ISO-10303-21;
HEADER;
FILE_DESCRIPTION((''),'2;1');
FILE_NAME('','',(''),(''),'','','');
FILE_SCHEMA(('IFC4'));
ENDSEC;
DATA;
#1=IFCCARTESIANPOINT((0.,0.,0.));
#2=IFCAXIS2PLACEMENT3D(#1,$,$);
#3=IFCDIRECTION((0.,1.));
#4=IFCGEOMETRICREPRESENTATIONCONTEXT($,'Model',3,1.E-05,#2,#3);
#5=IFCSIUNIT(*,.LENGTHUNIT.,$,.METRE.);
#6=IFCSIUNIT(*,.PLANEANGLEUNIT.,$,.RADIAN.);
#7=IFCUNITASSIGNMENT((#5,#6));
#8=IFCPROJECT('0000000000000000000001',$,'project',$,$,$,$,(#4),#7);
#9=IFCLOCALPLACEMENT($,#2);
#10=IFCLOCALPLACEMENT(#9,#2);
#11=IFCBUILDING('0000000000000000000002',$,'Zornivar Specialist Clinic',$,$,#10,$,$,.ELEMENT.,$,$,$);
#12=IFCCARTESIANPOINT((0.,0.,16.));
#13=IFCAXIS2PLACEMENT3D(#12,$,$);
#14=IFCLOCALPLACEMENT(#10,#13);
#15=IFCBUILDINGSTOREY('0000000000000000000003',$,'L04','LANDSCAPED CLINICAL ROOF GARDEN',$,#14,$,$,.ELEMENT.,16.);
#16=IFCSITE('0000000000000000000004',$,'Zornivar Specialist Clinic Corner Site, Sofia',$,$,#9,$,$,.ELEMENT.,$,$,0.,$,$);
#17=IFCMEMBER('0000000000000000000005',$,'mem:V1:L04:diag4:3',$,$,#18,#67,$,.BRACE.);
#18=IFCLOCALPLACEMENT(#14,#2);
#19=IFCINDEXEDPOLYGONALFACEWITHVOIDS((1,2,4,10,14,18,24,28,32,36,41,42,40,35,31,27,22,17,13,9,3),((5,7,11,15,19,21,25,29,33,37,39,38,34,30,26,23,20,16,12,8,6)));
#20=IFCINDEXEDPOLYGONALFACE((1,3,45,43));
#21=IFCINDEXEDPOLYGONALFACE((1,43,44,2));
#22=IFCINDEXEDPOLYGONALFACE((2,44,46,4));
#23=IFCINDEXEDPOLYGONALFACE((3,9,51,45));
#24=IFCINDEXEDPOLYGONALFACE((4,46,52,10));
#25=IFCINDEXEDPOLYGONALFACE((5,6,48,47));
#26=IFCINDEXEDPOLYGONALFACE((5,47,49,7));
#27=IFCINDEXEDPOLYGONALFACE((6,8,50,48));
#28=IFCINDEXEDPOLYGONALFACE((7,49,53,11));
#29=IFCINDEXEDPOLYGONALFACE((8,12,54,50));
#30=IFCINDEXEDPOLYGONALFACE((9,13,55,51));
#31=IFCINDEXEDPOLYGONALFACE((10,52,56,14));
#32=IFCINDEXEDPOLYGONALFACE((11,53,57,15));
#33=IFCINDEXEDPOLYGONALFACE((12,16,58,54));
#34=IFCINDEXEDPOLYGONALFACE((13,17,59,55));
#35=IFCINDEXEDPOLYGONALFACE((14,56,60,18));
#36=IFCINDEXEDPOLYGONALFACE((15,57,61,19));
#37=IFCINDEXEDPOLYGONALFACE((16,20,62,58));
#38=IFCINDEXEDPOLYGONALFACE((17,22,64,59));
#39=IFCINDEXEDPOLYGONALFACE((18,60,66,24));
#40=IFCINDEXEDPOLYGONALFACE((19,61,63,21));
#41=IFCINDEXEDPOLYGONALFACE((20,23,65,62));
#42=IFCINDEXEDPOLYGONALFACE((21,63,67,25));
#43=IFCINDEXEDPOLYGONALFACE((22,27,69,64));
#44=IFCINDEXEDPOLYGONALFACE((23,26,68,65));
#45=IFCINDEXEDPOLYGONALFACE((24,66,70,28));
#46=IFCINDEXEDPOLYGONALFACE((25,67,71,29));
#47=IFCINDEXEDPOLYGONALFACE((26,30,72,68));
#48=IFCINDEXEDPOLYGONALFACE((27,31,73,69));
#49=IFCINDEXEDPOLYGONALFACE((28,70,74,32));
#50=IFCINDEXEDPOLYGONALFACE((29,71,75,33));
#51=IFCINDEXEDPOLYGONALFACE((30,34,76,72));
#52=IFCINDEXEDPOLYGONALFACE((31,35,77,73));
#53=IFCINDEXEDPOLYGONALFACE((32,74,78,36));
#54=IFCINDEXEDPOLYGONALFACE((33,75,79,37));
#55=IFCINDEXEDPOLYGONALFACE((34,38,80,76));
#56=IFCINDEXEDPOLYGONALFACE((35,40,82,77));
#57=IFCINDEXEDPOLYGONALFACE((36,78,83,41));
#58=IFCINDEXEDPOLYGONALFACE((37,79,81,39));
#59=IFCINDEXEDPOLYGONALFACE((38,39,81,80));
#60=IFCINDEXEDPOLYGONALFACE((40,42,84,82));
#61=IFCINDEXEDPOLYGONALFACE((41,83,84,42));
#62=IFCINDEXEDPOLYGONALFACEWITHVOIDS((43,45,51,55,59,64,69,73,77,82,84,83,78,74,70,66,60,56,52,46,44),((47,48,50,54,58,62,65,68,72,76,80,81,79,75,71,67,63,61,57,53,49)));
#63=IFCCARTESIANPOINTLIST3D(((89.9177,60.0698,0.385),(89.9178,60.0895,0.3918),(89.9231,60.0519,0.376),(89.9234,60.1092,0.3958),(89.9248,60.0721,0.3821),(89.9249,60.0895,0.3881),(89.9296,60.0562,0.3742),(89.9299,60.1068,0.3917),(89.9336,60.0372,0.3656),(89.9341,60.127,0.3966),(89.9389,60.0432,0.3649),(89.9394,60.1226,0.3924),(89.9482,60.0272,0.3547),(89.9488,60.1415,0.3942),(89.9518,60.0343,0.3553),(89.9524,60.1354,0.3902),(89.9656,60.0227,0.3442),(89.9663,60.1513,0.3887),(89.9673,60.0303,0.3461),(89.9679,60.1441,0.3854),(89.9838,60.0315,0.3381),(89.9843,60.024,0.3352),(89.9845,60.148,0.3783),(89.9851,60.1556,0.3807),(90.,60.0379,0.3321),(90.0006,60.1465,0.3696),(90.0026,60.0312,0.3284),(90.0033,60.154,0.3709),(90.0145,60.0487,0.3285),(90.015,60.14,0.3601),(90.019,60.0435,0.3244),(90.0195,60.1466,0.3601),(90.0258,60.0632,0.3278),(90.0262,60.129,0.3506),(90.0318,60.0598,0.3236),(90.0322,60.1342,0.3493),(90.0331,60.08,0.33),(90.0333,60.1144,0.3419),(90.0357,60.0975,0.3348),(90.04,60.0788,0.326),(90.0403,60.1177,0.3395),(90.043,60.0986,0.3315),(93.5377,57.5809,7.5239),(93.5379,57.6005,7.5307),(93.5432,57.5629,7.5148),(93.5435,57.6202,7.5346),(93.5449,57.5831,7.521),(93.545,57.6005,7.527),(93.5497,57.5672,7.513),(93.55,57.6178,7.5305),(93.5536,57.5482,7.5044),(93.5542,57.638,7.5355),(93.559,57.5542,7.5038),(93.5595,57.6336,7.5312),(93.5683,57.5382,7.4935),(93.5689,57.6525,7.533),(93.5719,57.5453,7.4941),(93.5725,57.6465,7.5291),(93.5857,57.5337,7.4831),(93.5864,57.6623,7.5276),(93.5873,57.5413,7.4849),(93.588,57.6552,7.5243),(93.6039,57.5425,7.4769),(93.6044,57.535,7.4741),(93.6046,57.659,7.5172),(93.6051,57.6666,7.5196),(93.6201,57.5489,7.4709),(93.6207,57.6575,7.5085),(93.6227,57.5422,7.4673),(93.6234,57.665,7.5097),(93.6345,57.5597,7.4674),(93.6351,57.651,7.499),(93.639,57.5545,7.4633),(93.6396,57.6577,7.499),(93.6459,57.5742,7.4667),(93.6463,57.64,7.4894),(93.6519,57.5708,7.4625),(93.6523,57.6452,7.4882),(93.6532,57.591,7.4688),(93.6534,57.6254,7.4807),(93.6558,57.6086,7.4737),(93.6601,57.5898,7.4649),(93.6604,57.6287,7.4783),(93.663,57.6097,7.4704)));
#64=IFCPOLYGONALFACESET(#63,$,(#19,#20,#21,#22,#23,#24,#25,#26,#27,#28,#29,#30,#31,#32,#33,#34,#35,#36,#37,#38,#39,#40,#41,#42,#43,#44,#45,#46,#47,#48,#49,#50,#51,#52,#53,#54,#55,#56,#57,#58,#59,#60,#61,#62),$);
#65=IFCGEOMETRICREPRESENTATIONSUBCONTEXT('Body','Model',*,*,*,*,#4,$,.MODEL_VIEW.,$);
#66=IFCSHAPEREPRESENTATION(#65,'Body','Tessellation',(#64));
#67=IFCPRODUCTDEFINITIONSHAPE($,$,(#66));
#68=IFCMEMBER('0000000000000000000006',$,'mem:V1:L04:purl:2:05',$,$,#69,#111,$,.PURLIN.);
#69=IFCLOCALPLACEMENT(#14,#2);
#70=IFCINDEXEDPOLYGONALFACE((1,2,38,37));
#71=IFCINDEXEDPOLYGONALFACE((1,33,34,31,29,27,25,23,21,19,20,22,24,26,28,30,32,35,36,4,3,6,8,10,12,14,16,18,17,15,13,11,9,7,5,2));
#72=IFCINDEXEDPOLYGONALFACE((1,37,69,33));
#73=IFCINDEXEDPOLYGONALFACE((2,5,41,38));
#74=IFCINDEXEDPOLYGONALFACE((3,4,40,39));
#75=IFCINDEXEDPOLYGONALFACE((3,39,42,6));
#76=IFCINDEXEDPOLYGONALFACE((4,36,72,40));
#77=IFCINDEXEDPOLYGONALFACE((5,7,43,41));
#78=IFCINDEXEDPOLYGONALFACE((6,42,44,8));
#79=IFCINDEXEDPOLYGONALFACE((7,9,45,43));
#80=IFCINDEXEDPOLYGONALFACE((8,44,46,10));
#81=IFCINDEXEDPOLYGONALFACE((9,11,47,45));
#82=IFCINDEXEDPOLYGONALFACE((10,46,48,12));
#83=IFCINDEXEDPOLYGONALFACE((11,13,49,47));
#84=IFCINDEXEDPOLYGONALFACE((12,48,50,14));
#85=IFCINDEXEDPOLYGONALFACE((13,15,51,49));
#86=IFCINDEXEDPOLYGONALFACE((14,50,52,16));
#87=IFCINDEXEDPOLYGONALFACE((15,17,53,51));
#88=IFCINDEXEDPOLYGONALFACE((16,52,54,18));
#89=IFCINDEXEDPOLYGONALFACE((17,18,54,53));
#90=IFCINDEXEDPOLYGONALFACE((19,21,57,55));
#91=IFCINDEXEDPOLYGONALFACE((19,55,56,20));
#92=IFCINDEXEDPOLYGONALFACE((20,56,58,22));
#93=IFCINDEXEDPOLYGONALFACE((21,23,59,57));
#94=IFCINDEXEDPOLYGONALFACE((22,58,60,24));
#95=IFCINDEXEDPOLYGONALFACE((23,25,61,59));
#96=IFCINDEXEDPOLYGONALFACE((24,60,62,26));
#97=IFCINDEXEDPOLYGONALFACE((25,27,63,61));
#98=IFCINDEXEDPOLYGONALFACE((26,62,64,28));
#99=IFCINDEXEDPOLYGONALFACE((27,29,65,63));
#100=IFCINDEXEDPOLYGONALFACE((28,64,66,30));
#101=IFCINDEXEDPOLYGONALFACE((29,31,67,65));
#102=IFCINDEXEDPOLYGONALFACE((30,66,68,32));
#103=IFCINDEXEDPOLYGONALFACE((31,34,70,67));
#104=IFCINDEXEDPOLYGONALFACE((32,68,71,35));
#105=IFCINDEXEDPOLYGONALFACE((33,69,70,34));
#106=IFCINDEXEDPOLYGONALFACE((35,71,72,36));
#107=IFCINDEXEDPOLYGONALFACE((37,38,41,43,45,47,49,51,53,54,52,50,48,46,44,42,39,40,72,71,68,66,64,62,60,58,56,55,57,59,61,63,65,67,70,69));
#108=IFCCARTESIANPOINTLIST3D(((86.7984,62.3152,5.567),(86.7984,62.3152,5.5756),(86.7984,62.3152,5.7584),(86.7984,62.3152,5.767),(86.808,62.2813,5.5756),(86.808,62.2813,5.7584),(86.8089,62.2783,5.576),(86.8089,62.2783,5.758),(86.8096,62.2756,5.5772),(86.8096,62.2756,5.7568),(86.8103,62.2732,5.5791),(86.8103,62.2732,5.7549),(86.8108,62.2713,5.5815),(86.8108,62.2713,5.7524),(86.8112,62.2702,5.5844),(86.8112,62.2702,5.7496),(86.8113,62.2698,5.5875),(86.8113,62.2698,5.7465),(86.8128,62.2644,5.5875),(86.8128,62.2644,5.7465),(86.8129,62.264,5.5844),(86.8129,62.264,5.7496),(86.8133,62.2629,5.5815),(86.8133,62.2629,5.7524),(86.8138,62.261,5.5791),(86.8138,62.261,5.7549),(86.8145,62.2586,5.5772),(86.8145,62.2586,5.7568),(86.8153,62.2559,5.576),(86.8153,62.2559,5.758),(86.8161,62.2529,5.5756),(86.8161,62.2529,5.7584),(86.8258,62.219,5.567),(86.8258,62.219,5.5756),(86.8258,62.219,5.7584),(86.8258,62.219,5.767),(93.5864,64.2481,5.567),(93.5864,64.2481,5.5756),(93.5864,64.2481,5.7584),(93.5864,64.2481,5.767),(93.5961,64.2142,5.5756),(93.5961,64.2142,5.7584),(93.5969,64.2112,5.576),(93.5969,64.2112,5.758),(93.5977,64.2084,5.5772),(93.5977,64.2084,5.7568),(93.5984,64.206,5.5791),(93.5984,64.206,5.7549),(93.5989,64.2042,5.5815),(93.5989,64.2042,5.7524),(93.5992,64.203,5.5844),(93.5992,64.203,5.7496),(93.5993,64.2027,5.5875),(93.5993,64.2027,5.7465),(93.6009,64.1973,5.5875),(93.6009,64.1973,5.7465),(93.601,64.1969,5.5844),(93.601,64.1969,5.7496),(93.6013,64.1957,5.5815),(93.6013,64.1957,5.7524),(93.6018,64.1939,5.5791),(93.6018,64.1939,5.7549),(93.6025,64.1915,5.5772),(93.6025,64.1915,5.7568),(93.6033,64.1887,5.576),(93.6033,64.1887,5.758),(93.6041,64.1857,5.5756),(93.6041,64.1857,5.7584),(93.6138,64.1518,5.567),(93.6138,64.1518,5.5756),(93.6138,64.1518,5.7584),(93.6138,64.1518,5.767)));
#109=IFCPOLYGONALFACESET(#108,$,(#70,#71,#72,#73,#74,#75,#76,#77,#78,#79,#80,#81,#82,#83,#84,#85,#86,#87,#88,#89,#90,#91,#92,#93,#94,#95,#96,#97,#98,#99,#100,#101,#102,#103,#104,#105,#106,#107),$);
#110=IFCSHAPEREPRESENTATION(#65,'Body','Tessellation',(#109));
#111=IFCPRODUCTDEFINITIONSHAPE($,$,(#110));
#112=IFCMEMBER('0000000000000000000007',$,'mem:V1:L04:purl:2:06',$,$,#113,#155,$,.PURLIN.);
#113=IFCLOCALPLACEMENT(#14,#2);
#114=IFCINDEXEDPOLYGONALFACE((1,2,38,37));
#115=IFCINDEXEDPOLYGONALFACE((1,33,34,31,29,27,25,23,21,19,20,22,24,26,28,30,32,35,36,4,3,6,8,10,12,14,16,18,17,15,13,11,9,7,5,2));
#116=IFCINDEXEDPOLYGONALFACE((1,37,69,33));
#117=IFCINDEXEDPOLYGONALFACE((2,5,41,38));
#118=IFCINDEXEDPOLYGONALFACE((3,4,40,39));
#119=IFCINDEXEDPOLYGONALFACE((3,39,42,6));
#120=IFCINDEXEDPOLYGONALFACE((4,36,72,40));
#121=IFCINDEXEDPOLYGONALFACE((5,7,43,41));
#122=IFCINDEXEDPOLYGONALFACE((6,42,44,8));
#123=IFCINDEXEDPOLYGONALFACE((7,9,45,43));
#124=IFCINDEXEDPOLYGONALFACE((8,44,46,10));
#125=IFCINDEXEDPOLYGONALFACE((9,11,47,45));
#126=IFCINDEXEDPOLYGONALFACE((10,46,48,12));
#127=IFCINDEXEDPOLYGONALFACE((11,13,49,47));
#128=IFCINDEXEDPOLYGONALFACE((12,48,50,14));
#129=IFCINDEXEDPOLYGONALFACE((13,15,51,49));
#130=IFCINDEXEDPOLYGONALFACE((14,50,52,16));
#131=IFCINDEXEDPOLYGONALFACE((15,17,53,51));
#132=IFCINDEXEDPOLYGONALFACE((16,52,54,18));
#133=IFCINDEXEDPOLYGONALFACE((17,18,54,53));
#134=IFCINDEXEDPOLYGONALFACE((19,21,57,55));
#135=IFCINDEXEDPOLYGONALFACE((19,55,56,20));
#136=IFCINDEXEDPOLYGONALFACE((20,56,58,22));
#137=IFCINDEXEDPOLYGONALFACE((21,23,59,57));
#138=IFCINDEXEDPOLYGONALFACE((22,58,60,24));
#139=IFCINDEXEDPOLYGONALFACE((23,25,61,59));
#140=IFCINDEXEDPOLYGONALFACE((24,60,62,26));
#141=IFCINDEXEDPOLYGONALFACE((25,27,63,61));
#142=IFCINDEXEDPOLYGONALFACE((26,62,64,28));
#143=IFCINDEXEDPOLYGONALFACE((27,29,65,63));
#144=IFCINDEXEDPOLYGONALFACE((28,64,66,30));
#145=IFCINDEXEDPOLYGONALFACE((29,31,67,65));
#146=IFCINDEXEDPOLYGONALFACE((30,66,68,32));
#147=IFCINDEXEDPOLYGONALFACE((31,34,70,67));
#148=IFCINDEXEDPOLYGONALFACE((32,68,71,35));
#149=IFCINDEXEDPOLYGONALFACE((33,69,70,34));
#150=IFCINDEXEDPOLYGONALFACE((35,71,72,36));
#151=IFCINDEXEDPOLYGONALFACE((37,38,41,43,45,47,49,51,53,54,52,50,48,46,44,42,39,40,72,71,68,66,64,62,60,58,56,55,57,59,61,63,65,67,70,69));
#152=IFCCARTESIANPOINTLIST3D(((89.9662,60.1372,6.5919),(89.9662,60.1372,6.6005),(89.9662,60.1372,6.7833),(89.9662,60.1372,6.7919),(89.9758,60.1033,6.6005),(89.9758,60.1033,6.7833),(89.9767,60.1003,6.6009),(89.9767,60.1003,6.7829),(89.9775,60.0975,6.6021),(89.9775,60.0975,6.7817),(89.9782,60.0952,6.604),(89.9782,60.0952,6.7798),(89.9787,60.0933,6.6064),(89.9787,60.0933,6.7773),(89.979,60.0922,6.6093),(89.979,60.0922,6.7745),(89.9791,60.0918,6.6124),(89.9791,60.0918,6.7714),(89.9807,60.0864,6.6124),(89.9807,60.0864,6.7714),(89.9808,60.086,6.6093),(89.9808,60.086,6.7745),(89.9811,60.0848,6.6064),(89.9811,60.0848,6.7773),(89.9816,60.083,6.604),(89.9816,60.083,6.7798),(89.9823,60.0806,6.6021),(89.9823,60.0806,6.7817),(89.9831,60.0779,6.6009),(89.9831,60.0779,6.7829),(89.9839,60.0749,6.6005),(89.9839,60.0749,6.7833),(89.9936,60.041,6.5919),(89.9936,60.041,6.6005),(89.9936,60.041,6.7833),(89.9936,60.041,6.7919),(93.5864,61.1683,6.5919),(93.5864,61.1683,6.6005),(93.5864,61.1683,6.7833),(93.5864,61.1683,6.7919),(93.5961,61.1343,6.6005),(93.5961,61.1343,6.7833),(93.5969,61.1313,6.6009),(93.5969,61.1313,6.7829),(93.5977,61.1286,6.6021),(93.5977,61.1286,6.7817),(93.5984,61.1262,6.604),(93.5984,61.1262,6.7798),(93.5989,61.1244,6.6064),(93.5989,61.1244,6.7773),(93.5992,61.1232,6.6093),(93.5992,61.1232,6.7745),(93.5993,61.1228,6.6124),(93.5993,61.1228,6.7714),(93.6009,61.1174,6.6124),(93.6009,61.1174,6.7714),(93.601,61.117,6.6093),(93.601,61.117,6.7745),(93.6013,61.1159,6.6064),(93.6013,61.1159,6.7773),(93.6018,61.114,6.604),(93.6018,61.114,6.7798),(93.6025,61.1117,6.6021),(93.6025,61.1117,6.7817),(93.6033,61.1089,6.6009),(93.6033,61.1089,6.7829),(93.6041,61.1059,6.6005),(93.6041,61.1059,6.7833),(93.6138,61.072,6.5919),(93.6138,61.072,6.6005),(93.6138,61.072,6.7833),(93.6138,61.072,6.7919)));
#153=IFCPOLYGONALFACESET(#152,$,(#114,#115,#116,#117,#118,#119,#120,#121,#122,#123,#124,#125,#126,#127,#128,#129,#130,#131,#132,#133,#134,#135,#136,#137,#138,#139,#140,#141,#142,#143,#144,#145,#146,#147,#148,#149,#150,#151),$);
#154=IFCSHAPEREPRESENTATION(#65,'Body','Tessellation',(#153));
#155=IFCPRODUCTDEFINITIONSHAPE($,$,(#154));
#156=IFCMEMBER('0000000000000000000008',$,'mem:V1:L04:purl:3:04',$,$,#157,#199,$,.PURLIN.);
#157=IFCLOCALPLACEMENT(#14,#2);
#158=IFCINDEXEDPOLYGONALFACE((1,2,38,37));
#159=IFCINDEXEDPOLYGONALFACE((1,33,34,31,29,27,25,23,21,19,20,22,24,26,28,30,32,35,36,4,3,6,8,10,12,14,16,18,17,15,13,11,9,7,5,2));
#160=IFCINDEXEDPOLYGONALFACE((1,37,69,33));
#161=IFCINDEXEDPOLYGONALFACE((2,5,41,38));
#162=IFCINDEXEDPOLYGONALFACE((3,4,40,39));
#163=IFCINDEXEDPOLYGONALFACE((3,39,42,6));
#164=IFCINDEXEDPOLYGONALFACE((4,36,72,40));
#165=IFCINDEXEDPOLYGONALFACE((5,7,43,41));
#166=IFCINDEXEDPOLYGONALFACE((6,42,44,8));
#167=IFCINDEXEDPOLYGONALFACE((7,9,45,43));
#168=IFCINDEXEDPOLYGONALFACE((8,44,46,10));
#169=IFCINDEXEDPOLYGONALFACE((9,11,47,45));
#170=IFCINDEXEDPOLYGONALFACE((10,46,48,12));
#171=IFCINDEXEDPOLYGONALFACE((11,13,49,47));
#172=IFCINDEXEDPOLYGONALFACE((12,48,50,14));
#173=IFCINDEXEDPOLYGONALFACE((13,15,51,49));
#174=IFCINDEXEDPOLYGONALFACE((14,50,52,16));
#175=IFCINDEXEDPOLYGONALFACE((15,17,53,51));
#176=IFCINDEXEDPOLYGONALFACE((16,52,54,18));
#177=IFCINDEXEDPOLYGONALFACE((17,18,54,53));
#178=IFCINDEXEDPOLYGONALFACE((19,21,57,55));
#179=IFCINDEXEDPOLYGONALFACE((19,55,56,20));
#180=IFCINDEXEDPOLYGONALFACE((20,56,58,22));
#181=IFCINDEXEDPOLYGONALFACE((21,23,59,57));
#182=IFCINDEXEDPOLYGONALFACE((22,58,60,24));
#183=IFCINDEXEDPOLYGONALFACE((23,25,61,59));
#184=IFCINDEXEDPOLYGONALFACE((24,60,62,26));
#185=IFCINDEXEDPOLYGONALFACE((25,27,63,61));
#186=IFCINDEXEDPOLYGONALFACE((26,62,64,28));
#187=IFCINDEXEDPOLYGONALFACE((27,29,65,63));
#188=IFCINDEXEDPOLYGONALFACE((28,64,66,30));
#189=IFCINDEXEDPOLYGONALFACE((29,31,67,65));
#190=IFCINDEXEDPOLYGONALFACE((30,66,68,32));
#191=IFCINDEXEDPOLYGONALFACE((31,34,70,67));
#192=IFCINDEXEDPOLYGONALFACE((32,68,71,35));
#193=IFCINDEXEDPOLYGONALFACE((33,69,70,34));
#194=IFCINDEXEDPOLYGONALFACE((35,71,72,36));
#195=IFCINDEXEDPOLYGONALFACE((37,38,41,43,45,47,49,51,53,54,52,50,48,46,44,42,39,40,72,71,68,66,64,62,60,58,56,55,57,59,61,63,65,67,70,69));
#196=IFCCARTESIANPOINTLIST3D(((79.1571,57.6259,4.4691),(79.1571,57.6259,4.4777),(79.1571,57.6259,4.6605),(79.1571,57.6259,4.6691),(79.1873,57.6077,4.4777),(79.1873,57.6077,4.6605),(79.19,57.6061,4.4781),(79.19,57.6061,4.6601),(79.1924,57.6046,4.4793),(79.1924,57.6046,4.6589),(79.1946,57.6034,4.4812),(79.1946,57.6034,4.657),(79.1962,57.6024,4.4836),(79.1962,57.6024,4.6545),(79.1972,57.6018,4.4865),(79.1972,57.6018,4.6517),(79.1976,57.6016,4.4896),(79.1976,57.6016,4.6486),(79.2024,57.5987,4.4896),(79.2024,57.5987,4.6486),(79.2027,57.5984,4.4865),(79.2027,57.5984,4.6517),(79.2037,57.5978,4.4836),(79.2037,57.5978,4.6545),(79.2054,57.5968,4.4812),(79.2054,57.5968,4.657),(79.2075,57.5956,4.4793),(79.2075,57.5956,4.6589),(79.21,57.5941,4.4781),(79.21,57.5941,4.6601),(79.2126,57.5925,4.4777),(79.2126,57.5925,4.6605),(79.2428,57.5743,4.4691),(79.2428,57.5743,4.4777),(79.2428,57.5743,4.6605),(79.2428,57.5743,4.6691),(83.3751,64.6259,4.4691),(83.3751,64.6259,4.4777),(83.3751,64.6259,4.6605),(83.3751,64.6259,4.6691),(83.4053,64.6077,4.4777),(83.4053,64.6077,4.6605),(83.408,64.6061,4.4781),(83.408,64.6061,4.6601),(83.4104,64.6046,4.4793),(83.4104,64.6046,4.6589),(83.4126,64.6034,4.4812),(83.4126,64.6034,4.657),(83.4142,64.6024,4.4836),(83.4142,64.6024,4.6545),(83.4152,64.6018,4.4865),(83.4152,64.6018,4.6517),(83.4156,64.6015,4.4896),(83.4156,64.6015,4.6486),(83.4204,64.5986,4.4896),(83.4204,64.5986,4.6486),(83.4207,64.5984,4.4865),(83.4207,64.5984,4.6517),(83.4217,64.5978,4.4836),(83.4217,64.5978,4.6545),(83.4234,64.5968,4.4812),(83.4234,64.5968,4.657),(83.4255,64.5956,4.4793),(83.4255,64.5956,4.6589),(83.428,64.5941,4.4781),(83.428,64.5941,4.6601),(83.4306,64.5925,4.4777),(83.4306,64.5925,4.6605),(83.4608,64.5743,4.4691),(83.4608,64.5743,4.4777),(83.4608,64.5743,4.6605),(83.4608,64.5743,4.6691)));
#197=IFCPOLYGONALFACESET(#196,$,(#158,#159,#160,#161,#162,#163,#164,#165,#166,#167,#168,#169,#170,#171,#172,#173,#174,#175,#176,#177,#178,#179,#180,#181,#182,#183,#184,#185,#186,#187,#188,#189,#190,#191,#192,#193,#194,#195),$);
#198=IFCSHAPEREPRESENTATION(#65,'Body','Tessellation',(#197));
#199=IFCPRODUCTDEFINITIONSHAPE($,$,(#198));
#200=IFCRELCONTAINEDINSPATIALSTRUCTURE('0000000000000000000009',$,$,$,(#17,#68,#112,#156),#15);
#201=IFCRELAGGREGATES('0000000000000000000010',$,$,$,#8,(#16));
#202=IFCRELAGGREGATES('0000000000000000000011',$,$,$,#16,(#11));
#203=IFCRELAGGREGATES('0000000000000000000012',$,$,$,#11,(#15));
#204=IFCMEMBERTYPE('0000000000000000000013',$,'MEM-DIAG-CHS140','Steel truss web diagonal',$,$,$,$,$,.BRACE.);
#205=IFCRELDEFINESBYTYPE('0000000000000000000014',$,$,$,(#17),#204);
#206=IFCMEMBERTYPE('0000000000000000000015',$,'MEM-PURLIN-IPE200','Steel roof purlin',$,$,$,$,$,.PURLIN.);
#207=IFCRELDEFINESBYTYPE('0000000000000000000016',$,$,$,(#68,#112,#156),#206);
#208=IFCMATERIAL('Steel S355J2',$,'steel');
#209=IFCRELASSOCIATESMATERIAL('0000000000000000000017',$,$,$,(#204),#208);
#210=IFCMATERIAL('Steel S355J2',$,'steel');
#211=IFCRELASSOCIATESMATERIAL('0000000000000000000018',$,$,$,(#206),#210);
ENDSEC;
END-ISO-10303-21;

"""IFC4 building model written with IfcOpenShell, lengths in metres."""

from ifc_helpers import new_model, si_unit, direction, frame, origin, origin_2d, place, context, subcontext, project, spatial, hollow_circle, i_section, extrude, material, material_profile, profile_set, type_object, element, save


model = new_model("IFC4")

# Units and contexts
model_context = context("Model", 3, precision=1e-05, world=origin(), true_north=direction((0.0, 1.0)))
body_context = subcontext(model_context, "Body", "Model", "MODEL_VIEW")
ifc_project = project(units=[si_unit("LENGTHUNIT", "METRE"), si_unit("PLANEANGLEUNIT", "RADIAN")], contexts=[model_context])

# Site, building, storey
site_placement = place(None, origin())
site = spatial("IfcSite", under=ifc_project, at=site_placement, Name="Zornivar Specialist Clinic Corner Site, Sofia", CompositionType="ELEMENT", RefElevation=0.0)
building_placement = place(site_placement, origin())
building = spatial("IfcBuilding", under=site, at=building_placement, Name="Zornivar Specialist Clinic", CompositionType="ELEMENT")
storey_placement = place(building_placement, frame((0.0, 0.0, 16.0)))
storey = spatial("IfcBuildingStorey", under=building, at=storey_placement, Name="L04", Description="LANDSCAPED CLINICAL ROOF GARDEN", CompositionType="ELEMENT", Elevation=16.0)

# Members
ifc_material_1 = material(Name="Steel S355J2", Category="steel")
ifc_material_profile_1 = material_profile(ifc_material_1, hollow_circle(Radius=0.0698, WallThickness=0.0081, at=origin_2d()), Name="CHS 139.7x8")
ifc_profile_set_1 = profile_set([ifc_material_profile_1], Name="Steel S355J2")
member_type_1 = type_object("IfcMemberType", Name="MEM-DIAG-CHS140", Description="Steel truss web diagonal", PredefinedType="BRACE", material=ifc_profile_set_1)
member_1_placement = place(storey_placement, frame((89.98, 60.0891, 0.3601), z_axis=(0.431871, -0.296933, 0.851656), x_axis=(0.566557, 0.824022, 0.0)))
element("IfcMember", 1, at=member_1_placement, inside=storey, type_object=member_type_1, Name="mem:V1:L04:diag4:3", PredefinedType="BRACE", context=body_context, shape_type="SweptSolid", body=[
    extrude(hollow_circle(Radius=0.0698, WallThickness=0.0081, at=origin_2d()), origin(), (0.0, 0.0, 1.0), 8.3823),
])
ifc_material_2 = material(Name="Steel S355J2", Category="steel")
ifc_material_profile_2 = material_profile(ifc_material_2, i_section(OverallWidth=0.1001, OverallDepth=0.2, WebThickness=0.0056, FlangeThickness=0.0085, FilletRadius=0.012, at=origin_2d()), Name="IPE 200")
ifc_profile_set_2 = profile_set([ifc_material_profile_2], Name="Steel S355J2")
member_type_2 = type_object("IfcMemberType", Name="MEM-PURLIN-IPE200", Description="Steel roof purlin", PredefinedType="PURLIN", material=ifc_profile_set_2)
member_2_placement = place(storey_placement, frame((93.6001, 64.2, 5.667), z_axis=(-0.96177, -0.273858, 0.0), x_axis=(0.273858, -0.96177, 0.0)))
element("IfcMember", 2, at=member_2_placement, inside=storey, type_object=member_type_2, Name="mem:V1:L04:purl:2:05", PredefinedType="PURLIN", context=body_context, shape_type="SweptSolid", body=[
    extrude(i_section(OverallWidth=0.1001, OverallDepth=0.2, WebThickness=0.0056, FlangeThickness=0.0085, FilletRadius=0.012, at=origin_2d()), origin(), (0.0, 0.0, 1.0), 7.0579),
])
member_3_placement = place(storey_placement, frame((93.6001, 61.1201, 6.6919), z_axis=(-0.961756, -0.273907, 0.0), x_axis=(0.273907, -0.961756, 0.0)))
element("IfcMember", 3, at=member_3_placement, inside=storey, type_object=member_type_2, Name="mem:V1:L04:purl:2:06", PredefinedType="PURLIN", context=body_context, shape_type="SweptSolid", body=[
    extrude(i_section(OverallWidth=0.1001, OverallDepth=0.2, WebThickness=0.0056, FlangeThickness=0.0085, FilletRadius=0.012, at=origin_2d()), origin(), (0.0, 0.0, 1.0), 3.7642),
])
member_4_placement = place(storey_placement, frame((83.418, 64.6001, 4.5691), z_axis=(-0.516116, -0.856519, 0.0), x_axis=(0.856519, -0.516116, 0.0)))
element("IfcMember", 4, at=member_4_placement, inside=storey, type_object=member_type_2, Name="mem:V1:L04:purl:3:04", PredefinedType="PURLIN", context=body_context, shape_type="SweptSolid", body=[
    extrude(i_section(OverallWidth=0.1001, OverallDepth=0.2, WebThickness=0.0056, FlangeThickness=0.0085, FilletRadius=0.012, at=origin_2d()), origin(), (0.0, 0.0, 1.0), 8.1726),
])

save(model, "model.ifc")
